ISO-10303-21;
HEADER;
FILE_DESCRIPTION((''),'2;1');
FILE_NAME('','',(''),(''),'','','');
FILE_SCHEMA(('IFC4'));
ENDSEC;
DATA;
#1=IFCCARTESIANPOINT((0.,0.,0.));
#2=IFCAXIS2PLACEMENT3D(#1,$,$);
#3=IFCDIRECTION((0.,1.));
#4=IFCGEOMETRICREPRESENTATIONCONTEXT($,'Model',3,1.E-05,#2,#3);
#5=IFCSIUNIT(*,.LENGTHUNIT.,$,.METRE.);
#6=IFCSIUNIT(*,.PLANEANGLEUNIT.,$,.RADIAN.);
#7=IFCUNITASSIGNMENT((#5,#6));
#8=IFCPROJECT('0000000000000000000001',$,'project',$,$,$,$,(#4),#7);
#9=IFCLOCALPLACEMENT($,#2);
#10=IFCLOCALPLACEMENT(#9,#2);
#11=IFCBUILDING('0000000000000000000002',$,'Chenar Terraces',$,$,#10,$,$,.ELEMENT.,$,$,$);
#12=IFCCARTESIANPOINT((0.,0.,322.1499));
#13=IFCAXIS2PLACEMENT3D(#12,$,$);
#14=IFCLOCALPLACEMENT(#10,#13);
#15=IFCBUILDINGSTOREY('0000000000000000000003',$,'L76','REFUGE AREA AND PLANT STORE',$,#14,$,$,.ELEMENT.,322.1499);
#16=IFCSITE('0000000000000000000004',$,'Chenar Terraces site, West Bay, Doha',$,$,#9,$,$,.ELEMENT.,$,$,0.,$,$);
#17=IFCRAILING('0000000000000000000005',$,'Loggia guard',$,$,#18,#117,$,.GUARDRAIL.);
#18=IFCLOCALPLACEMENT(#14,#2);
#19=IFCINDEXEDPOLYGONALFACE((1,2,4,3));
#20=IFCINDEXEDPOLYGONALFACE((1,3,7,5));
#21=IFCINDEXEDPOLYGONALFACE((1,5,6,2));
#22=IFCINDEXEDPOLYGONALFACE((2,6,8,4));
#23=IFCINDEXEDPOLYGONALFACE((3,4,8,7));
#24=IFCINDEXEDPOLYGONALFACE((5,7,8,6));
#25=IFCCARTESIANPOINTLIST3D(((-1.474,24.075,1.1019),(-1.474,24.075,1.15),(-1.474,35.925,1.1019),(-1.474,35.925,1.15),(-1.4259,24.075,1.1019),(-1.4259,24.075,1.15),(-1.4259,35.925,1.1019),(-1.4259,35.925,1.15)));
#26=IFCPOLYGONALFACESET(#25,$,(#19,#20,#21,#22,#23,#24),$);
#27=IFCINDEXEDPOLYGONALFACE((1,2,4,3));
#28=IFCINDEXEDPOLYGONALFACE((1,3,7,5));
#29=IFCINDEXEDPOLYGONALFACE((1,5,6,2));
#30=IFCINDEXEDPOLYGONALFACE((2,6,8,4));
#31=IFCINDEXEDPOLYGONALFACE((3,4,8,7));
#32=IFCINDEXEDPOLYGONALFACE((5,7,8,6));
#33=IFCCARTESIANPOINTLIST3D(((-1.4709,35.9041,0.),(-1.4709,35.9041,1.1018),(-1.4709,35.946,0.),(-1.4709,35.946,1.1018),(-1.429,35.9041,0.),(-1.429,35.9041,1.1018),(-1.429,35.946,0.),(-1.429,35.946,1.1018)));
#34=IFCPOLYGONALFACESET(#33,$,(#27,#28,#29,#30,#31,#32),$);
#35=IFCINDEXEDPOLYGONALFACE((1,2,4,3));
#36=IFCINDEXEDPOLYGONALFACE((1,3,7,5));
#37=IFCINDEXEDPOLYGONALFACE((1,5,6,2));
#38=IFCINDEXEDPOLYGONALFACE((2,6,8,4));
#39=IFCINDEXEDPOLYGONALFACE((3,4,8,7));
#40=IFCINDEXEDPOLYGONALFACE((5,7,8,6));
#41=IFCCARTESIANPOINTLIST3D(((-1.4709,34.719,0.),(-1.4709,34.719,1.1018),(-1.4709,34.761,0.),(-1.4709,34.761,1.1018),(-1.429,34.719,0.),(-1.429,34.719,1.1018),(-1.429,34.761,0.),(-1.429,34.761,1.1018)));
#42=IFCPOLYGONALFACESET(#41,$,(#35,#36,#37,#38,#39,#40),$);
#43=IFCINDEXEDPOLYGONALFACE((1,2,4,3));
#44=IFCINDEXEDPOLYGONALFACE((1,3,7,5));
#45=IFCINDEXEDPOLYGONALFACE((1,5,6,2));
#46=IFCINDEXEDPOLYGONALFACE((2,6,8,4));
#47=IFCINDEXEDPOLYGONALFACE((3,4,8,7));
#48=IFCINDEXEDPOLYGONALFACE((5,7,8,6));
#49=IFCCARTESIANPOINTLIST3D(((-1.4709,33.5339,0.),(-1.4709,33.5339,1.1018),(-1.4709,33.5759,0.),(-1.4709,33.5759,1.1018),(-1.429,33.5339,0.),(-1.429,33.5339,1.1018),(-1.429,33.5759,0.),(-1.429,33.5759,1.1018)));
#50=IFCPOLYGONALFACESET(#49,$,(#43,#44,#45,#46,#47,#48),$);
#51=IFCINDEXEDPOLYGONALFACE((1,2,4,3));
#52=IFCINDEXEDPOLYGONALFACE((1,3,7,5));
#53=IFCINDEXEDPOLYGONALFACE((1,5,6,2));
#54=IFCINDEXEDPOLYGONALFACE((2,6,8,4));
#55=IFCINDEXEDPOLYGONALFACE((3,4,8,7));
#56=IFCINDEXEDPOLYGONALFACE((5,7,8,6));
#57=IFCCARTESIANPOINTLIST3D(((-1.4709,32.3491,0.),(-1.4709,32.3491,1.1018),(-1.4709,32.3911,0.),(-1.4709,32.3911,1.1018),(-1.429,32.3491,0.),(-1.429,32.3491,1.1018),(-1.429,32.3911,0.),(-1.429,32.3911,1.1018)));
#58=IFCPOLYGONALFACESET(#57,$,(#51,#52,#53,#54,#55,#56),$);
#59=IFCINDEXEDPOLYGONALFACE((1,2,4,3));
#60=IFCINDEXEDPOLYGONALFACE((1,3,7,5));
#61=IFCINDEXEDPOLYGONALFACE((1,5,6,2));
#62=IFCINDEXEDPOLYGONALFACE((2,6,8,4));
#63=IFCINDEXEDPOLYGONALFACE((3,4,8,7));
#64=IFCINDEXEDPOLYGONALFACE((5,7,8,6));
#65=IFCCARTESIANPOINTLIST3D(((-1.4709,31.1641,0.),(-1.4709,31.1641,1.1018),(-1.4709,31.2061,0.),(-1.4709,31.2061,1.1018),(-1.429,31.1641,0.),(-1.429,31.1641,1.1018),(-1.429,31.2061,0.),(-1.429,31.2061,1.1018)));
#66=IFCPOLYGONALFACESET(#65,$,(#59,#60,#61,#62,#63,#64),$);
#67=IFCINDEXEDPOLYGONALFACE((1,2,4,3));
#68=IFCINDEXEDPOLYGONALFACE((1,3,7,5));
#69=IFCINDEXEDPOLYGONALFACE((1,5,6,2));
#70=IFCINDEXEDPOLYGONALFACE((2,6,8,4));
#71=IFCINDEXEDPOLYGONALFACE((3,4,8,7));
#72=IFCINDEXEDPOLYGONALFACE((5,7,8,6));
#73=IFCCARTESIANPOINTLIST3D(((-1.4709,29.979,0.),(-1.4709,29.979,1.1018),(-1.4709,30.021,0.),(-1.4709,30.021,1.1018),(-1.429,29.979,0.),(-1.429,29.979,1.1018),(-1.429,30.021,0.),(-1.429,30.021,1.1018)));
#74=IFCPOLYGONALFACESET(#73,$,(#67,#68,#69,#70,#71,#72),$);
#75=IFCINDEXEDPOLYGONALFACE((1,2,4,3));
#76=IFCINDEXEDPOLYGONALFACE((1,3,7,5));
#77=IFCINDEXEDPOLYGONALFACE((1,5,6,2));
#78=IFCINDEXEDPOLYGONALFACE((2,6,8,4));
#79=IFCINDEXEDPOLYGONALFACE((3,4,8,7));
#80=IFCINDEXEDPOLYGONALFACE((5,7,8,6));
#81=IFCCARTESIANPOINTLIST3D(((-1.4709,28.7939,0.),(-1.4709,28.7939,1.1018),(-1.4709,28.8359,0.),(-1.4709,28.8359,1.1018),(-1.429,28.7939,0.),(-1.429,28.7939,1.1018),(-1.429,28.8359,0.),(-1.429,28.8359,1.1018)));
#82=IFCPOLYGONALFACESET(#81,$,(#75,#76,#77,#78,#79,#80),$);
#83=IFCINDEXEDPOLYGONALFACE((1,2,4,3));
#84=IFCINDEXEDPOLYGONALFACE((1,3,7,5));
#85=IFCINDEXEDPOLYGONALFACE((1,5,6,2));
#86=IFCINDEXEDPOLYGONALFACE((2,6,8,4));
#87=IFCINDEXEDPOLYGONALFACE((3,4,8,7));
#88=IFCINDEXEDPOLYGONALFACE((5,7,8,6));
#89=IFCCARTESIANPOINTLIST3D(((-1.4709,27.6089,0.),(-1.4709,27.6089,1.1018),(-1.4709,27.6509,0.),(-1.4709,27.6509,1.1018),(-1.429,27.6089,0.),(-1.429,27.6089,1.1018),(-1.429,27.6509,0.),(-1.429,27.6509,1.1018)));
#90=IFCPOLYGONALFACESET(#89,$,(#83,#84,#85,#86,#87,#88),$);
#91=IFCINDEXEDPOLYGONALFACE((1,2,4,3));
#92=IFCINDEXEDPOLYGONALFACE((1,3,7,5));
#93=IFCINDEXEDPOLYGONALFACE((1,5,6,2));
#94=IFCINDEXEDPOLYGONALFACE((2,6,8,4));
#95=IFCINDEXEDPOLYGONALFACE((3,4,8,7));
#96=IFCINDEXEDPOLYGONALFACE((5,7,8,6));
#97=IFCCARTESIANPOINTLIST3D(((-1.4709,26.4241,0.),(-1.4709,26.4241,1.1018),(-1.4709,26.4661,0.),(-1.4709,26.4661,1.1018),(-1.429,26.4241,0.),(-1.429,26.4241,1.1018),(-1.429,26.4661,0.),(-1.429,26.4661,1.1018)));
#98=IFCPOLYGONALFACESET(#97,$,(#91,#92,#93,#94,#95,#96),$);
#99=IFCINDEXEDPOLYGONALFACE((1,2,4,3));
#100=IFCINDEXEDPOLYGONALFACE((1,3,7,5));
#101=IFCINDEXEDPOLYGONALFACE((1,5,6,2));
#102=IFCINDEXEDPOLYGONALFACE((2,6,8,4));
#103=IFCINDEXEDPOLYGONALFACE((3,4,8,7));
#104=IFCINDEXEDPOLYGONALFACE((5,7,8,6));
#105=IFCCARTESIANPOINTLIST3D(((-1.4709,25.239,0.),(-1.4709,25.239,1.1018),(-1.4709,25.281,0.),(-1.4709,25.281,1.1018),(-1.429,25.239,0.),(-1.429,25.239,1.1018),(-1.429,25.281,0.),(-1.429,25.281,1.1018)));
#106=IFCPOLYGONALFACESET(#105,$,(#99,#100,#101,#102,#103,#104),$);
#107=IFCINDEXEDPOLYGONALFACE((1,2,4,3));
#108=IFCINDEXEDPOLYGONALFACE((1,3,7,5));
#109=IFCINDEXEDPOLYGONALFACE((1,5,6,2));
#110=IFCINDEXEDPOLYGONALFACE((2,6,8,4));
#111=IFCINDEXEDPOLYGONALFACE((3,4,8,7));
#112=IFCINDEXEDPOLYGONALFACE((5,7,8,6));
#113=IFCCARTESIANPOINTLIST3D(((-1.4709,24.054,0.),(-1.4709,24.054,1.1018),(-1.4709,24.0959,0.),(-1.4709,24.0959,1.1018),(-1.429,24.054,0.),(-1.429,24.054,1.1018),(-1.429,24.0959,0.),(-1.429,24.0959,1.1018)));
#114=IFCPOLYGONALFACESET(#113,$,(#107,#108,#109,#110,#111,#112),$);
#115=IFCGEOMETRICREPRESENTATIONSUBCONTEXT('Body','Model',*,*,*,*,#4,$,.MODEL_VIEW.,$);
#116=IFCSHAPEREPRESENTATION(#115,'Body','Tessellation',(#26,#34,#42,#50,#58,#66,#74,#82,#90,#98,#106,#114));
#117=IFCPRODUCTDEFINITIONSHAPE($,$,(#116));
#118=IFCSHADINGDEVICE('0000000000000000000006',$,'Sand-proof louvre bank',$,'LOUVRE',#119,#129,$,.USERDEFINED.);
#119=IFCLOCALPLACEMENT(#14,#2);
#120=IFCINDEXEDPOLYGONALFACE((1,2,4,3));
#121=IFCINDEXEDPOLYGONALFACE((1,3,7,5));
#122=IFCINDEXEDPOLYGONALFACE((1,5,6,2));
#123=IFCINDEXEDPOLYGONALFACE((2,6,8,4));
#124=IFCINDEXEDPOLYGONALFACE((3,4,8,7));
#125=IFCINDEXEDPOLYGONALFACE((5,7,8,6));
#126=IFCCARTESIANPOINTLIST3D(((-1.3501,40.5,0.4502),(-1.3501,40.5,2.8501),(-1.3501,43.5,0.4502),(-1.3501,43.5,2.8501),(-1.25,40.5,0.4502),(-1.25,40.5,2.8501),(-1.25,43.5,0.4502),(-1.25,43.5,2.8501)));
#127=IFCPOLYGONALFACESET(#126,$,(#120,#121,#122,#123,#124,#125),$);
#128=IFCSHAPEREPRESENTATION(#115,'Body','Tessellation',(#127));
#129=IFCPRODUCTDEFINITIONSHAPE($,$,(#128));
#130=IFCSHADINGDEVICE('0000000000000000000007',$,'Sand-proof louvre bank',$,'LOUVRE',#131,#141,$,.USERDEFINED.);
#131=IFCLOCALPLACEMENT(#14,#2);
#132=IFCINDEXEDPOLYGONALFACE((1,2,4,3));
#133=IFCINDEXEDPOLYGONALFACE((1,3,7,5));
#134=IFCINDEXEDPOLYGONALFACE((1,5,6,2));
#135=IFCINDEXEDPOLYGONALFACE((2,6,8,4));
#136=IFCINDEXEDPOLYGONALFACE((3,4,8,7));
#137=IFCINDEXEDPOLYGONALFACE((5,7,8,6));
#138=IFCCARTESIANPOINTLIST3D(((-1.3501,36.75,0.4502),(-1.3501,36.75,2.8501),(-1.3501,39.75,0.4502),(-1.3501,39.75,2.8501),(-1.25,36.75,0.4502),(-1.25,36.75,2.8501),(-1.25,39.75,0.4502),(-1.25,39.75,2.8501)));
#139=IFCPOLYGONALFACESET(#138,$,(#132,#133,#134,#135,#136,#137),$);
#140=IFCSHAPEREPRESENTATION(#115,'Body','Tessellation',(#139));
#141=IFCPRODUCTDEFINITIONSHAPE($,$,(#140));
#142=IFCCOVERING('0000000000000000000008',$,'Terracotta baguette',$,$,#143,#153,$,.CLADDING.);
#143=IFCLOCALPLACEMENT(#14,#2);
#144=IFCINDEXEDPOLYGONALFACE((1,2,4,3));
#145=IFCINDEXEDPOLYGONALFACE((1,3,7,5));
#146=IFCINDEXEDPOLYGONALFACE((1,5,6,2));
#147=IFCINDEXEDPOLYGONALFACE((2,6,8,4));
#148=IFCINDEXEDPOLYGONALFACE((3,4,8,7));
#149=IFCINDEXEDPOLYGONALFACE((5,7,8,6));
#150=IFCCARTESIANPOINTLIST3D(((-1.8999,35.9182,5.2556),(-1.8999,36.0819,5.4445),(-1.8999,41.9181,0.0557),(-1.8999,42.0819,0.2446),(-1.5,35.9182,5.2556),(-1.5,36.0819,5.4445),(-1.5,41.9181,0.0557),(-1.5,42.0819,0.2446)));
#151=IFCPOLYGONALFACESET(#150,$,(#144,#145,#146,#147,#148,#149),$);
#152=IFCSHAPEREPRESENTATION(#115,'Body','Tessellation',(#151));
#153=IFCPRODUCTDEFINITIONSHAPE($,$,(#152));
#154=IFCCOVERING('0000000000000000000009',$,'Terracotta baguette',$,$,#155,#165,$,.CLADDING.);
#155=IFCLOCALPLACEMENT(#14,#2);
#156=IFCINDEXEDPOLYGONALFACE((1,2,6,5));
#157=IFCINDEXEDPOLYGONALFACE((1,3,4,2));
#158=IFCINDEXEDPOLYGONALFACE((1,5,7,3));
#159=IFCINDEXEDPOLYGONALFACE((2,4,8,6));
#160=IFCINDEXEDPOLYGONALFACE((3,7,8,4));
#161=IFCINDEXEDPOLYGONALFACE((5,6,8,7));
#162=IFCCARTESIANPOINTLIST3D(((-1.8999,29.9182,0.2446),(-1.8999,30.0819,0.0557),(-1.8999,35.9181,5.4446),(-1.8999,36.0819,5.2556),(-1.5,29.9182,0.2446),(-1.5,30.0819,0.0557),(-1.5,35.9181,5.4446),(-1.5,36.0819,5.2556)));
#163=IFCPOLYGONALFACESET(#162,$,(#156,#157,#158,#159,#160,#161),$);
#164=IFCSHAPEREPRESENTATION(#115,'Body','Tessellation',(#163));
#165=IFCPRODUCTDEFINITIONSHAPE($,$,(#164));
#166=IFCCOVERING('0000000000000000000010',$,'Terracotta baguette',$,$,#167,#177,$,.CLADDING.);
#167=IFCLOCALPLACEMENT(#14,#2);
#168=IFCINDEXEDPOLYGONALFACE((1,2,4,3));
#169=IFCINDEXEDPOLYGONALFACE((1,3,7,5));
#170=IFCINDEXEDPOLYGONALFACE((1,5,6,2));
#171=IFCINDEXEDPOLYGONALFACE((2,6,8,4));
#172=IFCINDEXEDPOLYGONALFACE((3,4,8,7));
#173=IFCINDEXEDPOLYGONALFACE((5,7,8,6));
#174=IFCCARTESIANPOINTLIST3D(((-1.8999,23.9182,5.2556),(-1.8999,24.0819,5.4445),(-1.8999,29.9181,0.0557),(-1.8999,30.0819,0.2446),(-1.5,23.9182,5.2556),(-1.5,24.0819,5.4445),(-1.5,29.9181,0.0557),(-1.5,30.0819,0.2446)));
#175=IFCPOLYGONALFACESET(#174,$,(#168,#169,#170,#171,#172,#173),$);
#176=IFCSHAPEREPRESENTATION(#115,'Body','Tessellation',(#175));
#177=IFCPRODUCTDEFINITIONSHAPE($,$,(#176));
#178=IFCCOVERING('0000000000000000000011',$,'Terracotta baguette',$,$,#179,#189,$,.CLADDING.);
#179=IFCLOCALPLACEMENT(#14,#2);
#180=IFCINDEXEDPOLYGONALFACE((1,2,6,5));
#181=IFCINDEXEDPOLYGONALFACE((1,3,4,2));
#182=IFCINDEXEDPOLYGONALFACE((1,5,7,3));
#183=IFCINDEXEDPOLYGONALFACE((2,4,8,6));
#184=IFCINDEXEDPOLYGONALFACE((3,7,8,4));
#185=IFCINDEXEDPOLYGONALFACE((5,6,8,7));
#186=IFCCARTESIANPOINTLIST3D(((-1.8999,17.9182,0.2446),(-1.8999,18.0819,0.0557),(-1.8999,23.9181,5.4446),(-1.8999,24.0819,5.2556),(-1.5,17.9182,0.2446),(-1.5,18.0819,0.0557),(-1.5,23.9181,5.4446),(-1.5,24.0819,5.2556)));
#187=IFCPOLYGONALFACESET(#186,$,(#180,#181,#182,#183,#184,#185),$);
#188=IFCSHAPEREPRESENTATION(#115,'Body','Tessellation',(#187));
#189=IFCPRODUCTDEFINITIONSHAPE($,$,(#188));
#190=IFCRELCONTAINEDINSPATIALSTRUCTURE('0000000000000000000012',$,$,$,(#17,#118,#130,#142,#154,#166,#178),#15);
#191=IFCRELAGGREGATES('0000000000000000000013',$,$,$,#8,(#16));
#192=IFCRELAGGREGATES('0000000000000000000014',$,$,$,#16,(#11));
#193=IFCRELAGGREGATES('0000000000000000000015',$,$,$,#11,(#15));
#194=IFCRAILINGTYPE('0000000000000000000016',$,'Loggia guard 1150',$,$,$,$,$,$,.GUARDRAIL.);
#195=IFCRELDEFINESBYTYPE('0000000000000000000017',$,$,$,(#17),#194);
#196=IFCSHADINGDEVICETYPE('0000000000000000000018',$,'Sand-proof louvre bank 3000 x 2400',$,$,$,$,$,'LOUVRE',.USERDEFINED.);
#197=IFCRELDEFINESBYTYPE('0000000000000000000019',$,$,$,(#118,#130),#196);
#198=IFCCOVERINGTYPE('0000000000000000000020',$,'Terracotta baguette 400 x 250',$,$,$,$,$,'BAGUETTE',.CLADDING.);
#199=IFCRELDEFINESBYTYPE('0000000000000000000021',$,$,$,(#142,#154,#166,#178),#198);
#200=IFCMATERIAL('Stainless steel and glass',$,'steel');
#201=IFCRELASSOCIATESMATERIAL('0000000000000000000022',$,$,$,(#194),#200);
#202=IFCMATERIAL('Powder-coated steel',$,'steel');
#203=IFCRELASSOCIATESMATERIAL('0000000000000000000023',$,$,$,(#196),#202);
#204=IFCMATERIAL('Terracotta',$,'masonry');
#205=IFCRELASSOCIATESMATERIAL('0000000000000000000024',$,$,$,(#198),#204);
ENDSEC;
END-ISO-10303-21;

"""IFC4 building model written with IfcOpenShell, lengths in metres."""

from ifc_helpers import new_model, si_unit, direction, frame, origin, origin_2d, place, context, subcontext, project, spatial, rectangle, extrude, material, material_profile, profile_set, type_object, element, save


model = new_model("IFC4")

# Units and contexts
model_context = context("Model", 3, precision=1e-05, world=origin(), true_north=direction((0.0, 1.0)))
body_context = subcontext(model_context, "Body", "Model", "MODEL_VIEW")
ifc_project = project(units=[si_unit("LENGTHUNIT", "METRE"), si_unit("PLANEANGLEUNIT", "RADIAN")], contexts=[model_context])

# Site, building, storey
site_placement = place(None, origin())
site = spatial("IfcSite", under=ifc_project, at=site_placement, Name="Chenar Terraces site, West Bay, Doha", CompositionType="ELEMENT", RefElevation=0.0)
building_placement = place(site_placement, origin())
building = spatial("IfcBuilding", under=site, at=building_placement, Name="Chenar Terraces", CompositionType="ELEMENT")
storey_placement = place(building_placement, frame((0.0, 0.0, 322.1499)))
storey = spatial("IfcBuildingStorey", under=building, at=storey_placement, Name="L76", Description="REFUGE AREA AND PLANT STORE", CompositionType="ELEMENT", Elevation=322.1499)

# Railing
ifc_material_1 = material(Name="Stainless steel and glass", Category="steel")
railing_type = type_object("IfcRailingType", Name="Loggia guard 1150", PredefinedType="GUARDRAIL", material=ifc_material_1)
railing_placement = place(storey_placement, frame((-1.45, 35.925, 0.0)))
element("IfcRailing", 1, at=railing_placement, inside=storey, type_object=railing_type, Name="Loggia guard", PredefinedType="GUARDRAIL", context=body_context, shape_type="SweptSolid", body=[
    extrude(rectangle(XDim=0.0481, YDim=0.0481, at=origin_2d()), frame((0.0, 0.0, 1.126), z_axis=(0.0, -1.0, 0.0), x_axis=(1.0, 0.0, 0.0)), (0.0, 0.0, 1.0), 11.8501),
    extrude(rectangle(XDim=0.042, YDim=0.042, at=origin_2d()), origin(), (0.0, 0.0, 1.0), 1.1018),
    extrude(rectangle(XDim=0.042, YDim=0.042, at=origin_2d()), frame((0.0, -1.1851, 0.0)), (0.0, 0.0, 1.0), 1.1018),
    extrude(rectangle(XDim=0.042, YDim=0.042, at=origin_2d()), frame((0.0, -2.3701, 0.0)), (0.0, 0.0, 1.0), 1.1018),
    extrude(rectangle(XDim=0.042, YDim=0.042, at=origin_2d()), frame((0.0, -3.5549, 0.0)), (0.0, 0.0, 1.0), 1.1018),
    extrude(rectangle(XDim=0.042, YDim=0.042, at=origin_2d()), frame((0.0, -4.74, 0.0)), (0.0, 0.0, 1.0), 1.1018),
    extrude(rectangle(XDim=0.042, YDim=0.042, at=origin_2d()), frame((0.0, -5.925, 0.0)), (0.0, 0.0, 1.0), 1.1018),
    extrude(rectangle(XDim=0.042, YDim=0.042, at=origin_2d()), frame((0.0, -7.1101, 0.0)), (0.0, 0.0, 1.0), 1.1018),
    extrude(rectangle(XDim=0.042, YDim=0.042, at=origin_2d()), frame((0.0, -8.2952, 0.0)), (0.0, 0.0, 1.0), 1.1018),
    extrude(rectangle(XDim=0.042, YDim=0.042, at=origin_2d()), frame((0.0, -9.48, 0.0)), (0.0, 0.0, 1.0), 1.1018),
    extrude(rectangle(XDim=0.042, YDim=0.042, at=origin_2d()), frame((0.0, -10.665, 0.0)), (0.0, 0.0, 1.0), 1.1018),
    extrude(rectangle(XDim=0.042, YDim=0.042, at=origin_2d()), frame((0.0, -11.8501, 0.0)), (0.0, 0.0, 1.0), 1.1018),
])

# Shading devices
ifc_material_2 = material(Name="Powder-coated steel", Category="steel")
shading_device_type = type_object("IfcShadingDeviceType", Name="Sand-proof louvre bank 3000 x 2400", ElementType="LOUVRE", PredefinedType="USERDEFINED", material=ifc_material_2)
for number, where, z_axis, x_axis, name in (
    (2, (-1.3, 42.0, 0.4502), (0.0, 0.0, 1.0), (0.0, -1.0, 0.0), "Sand-proof louvre bank"),
    (3, (-1.3, 38.25, 0.4502), (0.0, 0.0, 1.0), (0.0, -1.0, 0.0), "Sand-proof louvre bank"),
):
    element("IfcShadingDevice", number, at=place(storey_placement, frame(where, z_axis=z_axis, x_axis=x_axis)), inside=storey, type_object=shading_device_type, Name=name, ObjectType="LOUVRE", PredefinedType="USERDEFINED", context=body_context, shape_type="SweptSolid", body=[
        extrude(rectangle(XDim=3.0, YDim=0.1001, at=origin_2d()), origin(), (0.0, 0.0, 1.0), 2.3999),
    ])

# Coverings
ifc_material_3 = material(Name="Terracotta", Category="masonry")
ifc_material_profile_1 = material_profile(ifc_material_3, rectangle(XDim=0.3999, YDim=0.25, at=origin_2d()), Name="Terracotta baguette 400 x 250")
ifc_profile_set_1 = profile_set([ifc_material_profile_1], Name="Terracotta")
covering_type = type_object("IfcCoveringType", Name="Terracotta baguette 400 x 250", ElementType="BAGUETTE", PredefinedType="CLADDING", material=ifc_profile_set_1)
for number, where, z_axis, x_axis, name in (
    (4, (-1.7, 42.0, 0.1501), (0.0, -0.755692, 0.654927), (1.0, 0.0, 0.0), "Terracotta baguette"),
    (5, (-1.7, 36.0, 5.3501), (0.0, -0.755692, -0.654927), (1.0, 0.0, 0.0), "Terracotta baguette"),
    (6, (-1.7, 30.0, 0.1501), (0.0, -0.755692, 0.654927), (1.0, 0.0, 0.0), "Terracotta baguette"),
    (7, (-1.7, 24.0, 5.3501), (0.0, -0.755692, -0.654927), (1.0, 0.0, 0.0), "Terracotta baguette"),
):
    element("IfcCovering", number, at=place(storey_placement, frame(where, z_axis=z_axis, x_axis=x_axis)), inside=storey, type_object=covering_type, Name=name, PredefinedType="CLADDING", context=body_context, shape_type="SweptSolid", body=[
        extrude(rectangle(XDim=0.3999, YDim=0.25, at=origin_2d()), origin(), (0.0, 0.0, 1.0), 7.9397),
    ])

save(model, "model.ifc")
